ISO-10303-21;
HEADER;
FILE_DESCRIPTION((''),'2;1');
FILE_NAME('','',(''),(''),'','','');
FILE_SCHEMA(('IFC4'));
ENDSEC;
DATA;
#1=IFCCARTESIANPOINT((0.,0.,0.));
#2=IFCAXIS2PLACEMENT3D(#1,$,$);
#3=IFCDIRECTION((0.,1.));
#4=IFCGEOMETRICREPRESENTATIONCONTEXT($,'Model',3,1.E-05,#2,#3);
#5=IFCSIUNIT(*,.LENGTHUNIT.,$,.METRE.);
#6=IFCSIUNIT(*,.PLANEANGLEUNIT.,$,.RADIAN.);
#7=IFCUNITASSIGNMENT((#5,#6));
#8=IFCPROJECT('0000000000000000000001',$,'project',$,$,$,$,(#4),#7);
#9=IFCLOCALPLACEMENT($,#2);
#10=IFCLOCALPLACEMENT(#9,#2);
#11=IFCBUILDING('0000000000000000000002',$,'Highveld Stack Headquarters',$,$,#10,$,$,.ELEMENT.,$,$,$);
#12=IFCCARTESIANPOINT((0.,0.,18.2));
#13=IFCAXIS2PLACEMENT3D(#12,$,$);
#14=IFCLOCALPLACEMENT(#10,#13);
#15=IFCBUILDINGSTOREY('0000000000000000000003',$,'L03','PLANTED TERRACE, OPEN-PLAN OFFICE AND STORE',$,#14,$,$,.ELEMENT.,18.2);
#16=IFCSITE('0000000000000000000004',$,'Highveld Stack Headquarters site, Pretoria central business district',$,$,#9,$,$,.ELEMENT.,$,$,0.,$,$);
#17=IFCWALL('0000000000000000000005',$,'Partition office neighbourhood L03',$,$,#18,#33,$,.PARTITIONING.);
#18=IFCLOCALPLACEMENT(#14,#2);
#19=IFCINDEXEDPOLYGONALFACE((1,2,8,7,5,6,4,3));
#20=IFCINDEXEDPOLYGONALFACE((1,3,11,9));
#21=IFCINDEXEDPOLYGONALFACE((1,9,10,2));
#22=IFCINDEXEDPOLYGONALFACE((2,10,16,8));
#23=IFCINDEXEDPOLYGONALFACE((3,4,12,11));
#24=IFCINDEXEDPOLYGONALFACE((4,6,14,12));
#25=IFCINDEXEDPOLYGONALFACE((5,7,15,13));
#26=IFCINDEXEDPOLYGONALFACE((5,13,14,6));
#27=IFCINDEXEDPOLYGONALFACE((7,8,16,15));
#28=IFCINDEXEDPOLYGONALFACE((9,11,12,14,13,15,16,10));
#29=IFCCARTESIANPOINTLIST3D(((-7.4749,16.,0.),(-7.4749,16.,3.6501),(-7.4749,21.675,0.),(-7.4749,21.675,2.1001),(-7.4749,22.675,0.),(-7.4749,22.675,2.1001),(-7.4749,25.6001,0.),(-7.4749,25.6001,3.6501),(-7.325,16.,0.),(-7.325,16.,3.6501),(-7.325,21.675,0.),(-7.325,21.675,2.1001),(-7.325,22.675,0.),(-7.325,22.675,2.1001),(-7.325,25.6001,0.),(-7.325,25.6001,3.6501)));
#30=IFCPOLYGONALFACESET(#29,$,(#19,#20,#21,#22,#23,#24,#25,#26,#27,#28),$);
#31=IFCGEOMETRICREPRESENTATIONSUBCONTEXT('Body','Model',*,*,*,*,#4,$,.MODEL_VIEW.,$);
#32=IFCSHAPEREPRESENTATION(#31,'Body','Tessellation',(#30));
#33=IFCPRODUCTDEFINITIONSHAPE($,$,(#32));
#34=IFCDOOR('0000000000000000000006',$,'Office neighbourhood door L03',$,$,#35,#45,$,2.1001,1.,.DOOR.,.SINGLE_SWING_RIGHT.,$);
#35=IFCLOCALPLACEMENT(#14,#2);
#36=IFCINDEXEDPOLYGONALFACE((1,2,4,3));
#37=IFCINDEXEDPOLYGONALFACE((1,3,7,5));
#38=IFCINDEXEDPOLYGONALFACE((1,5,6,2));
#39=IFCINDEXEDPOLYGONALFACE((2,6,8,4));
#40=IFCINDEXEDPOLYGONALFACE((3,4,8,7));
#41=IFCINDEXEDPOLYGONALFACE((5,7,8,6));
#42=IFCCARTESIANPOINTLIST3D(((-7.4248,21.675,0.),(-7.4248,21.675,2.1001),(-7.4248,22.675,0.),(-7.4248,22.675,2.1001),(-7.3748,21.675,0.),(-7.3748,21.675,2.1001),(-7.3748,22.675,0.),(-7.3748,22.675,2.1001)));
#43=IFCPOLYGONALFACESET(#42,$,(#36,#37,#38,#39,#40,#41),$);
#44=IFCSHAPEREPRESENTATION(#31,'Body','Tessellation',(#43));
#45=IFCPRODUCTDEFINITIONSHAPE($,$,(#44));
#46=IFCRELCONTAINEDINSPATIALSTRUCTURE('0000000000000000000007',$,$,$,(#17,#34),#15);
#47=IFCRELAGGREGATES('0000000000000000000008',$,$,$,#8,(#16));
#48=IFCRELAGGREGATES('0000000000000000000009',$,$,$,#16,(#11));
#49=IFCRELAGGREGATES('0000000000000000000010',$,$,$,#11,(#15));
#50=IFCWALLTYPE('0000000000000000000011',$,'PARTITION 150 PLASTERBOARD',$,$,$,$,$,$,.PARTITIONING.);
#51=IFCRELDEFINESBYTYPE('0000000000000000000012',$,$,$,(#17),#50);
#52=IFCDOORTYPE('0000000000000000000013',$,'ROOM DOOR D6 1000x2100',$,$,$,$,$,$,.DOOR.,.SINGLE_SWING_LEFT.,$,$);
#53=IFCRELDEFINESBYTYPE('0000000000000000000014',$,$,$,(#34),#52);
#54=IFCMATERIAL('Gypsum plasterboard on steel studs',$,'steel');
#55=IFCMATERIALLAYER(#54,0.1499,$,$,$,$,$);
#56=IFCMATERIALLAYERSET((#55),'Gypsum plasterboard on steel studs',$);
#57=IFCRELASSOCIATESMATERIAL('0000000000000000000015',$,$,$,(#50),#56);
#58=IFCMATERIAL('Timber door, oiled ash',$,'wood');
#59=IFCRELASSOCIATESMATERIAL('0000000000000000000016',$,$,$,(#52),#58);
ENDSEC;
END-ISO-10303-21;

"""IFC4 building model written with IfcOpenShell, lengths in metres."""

from ifc_helpers import new_model, si_unit, direction, frame, frame_2d, origin, place, context, subcontext, project, spatial, rectangle, extrude, material, layer, layer_set, type_object, element, fill, save


model = new_model("IFC4")

# Units and contexts
model_context = context("Model", 3, precision=1e-05, world=origin(), true_north=direction((0.0, 1.0)))
body_context = subcontext(model_context, "Body", "Model", "MODEL_VIEW")
ifc_project = project(units=[si_unit("LENGTHUNIT", "METRE"), si_unit("PLANEANGLEUNIT", "RADIAN")], contexts=[model_context])

# Site, building, storey
site_placement = place(None, origin())
site = spatial("IfcSite", under=ifc_project, at=site_placement, Name="Highveld Stack Headquarters site, Pretoria central business district", CompositionType="ELEMENT", RefElevation=0.0)
building_placement = place(site_placement, origin())
building = spatial("IfcBuilding", under=site, at=building_placement, Name="Highveld Stack Headquarters", CompositionType="ELEMENT")
storey_placement = place(building_placement, frame((0.0, 0.0, 18.2)))
storey = spatial("IfcBuildingStorey", under=building, at=storey_placement, Name="L03", Description="PLANTED TERRACE, OPEN-PLAN OFFICE AND STORE", CompositionType="ELEMENT", Elevation=18.2)

# Wall, opening, door
ifc_material_1 = material(Name="Gypsum plasterboard on steel studs", Category="steel")
ifc_layer_1 = layer(ifc_material_1, 0.1499)
ifc_layer_set_1 = layer_set([ifc_layer_1], Name="Gypsum plasterboard on steel studs")
wall_type = type_object("IfcWallType", Name="PARTITION 150 PLASTERBOARD", PredefinedType="PARTITIONING", material=ifc_layer_set_1)
ifc_material_2 = material(Name="Timber door, oiled ash", Category="wood")
door_type = type_object("IfcDoorType", Name="ROOM DOOR D6 1000x2100", OperationType="SINGLE_SWING_LEFT", PredefinedType="DOOR", material=ifc_material_2)
wall_1_placement = place(storey_placement, frame((-7.3999, 16.0, 0.0), z_axis=(0.0, 0.0, 1.0), x_axis=(0.0, 1.0, 0.0)))
wall_1 = element("IfcWall", 1, at=wall_1_placement, inside=storey, type_object=wall_type, Name="Partition office neighbourhood L03", PredefinedType="PARTITIONING", context=body_context, shape_type="SweptSolid", body=[
    extrude(rectangle(XDim=9.6001, YDim=0.1499, at=frame_2d((4.8, 0.0))), origin(), (0.0, 0.0, 1.0), 3.6501),
])
opening_1_placement = place(wall_1_placement, frame((5.675, 0.0, 0.0)))
opening_1 = element("IfcOpeningElement", 2, at=opening_1_placement, cuts=wall_1, PredefinedType="OPENING", context=body_context, shape_type="SweptSolid", body=[
    extrude(rectangle(XDim=1.0, YDim=2.1001, at=frame_2d((0.5, 1.05))), frame((0.0, 0.085, 0.0), z_axis=(0.0, -1.0, 0.0), x_axis=(1.0, 0.0, 0.0)), (0.0, 0.0, 1.0), 0.1699),
])
door_1_placement = place(opening_1_placement, origin())
door_1 = element("IfcDoor", 3, at=door_1_placement, inside=storey, type_object=door_type, Name="Office neighbourhood door L03", OperationType="SINGLE_SWING_RIGHT", OverallHeight=2.1001, OverallWidth=1.0, PredefinedType="DOOR", context=body_context, shape_type="SweptSolid", body=[
    extrude(rectangle(XDim=1.0, YDim=2.1001, at=frame_2d((0.5, 1.05))), frame((0.0, 0.0249, 0.0), z_axis=(0.0, -1.0, 0.0), x_axis=(1.0, 0.0, 0.0)), (0.0, 0.0, 1.0), 0.05),
])
fill(opening_1, door_1)

save(model, "model.ifc")
